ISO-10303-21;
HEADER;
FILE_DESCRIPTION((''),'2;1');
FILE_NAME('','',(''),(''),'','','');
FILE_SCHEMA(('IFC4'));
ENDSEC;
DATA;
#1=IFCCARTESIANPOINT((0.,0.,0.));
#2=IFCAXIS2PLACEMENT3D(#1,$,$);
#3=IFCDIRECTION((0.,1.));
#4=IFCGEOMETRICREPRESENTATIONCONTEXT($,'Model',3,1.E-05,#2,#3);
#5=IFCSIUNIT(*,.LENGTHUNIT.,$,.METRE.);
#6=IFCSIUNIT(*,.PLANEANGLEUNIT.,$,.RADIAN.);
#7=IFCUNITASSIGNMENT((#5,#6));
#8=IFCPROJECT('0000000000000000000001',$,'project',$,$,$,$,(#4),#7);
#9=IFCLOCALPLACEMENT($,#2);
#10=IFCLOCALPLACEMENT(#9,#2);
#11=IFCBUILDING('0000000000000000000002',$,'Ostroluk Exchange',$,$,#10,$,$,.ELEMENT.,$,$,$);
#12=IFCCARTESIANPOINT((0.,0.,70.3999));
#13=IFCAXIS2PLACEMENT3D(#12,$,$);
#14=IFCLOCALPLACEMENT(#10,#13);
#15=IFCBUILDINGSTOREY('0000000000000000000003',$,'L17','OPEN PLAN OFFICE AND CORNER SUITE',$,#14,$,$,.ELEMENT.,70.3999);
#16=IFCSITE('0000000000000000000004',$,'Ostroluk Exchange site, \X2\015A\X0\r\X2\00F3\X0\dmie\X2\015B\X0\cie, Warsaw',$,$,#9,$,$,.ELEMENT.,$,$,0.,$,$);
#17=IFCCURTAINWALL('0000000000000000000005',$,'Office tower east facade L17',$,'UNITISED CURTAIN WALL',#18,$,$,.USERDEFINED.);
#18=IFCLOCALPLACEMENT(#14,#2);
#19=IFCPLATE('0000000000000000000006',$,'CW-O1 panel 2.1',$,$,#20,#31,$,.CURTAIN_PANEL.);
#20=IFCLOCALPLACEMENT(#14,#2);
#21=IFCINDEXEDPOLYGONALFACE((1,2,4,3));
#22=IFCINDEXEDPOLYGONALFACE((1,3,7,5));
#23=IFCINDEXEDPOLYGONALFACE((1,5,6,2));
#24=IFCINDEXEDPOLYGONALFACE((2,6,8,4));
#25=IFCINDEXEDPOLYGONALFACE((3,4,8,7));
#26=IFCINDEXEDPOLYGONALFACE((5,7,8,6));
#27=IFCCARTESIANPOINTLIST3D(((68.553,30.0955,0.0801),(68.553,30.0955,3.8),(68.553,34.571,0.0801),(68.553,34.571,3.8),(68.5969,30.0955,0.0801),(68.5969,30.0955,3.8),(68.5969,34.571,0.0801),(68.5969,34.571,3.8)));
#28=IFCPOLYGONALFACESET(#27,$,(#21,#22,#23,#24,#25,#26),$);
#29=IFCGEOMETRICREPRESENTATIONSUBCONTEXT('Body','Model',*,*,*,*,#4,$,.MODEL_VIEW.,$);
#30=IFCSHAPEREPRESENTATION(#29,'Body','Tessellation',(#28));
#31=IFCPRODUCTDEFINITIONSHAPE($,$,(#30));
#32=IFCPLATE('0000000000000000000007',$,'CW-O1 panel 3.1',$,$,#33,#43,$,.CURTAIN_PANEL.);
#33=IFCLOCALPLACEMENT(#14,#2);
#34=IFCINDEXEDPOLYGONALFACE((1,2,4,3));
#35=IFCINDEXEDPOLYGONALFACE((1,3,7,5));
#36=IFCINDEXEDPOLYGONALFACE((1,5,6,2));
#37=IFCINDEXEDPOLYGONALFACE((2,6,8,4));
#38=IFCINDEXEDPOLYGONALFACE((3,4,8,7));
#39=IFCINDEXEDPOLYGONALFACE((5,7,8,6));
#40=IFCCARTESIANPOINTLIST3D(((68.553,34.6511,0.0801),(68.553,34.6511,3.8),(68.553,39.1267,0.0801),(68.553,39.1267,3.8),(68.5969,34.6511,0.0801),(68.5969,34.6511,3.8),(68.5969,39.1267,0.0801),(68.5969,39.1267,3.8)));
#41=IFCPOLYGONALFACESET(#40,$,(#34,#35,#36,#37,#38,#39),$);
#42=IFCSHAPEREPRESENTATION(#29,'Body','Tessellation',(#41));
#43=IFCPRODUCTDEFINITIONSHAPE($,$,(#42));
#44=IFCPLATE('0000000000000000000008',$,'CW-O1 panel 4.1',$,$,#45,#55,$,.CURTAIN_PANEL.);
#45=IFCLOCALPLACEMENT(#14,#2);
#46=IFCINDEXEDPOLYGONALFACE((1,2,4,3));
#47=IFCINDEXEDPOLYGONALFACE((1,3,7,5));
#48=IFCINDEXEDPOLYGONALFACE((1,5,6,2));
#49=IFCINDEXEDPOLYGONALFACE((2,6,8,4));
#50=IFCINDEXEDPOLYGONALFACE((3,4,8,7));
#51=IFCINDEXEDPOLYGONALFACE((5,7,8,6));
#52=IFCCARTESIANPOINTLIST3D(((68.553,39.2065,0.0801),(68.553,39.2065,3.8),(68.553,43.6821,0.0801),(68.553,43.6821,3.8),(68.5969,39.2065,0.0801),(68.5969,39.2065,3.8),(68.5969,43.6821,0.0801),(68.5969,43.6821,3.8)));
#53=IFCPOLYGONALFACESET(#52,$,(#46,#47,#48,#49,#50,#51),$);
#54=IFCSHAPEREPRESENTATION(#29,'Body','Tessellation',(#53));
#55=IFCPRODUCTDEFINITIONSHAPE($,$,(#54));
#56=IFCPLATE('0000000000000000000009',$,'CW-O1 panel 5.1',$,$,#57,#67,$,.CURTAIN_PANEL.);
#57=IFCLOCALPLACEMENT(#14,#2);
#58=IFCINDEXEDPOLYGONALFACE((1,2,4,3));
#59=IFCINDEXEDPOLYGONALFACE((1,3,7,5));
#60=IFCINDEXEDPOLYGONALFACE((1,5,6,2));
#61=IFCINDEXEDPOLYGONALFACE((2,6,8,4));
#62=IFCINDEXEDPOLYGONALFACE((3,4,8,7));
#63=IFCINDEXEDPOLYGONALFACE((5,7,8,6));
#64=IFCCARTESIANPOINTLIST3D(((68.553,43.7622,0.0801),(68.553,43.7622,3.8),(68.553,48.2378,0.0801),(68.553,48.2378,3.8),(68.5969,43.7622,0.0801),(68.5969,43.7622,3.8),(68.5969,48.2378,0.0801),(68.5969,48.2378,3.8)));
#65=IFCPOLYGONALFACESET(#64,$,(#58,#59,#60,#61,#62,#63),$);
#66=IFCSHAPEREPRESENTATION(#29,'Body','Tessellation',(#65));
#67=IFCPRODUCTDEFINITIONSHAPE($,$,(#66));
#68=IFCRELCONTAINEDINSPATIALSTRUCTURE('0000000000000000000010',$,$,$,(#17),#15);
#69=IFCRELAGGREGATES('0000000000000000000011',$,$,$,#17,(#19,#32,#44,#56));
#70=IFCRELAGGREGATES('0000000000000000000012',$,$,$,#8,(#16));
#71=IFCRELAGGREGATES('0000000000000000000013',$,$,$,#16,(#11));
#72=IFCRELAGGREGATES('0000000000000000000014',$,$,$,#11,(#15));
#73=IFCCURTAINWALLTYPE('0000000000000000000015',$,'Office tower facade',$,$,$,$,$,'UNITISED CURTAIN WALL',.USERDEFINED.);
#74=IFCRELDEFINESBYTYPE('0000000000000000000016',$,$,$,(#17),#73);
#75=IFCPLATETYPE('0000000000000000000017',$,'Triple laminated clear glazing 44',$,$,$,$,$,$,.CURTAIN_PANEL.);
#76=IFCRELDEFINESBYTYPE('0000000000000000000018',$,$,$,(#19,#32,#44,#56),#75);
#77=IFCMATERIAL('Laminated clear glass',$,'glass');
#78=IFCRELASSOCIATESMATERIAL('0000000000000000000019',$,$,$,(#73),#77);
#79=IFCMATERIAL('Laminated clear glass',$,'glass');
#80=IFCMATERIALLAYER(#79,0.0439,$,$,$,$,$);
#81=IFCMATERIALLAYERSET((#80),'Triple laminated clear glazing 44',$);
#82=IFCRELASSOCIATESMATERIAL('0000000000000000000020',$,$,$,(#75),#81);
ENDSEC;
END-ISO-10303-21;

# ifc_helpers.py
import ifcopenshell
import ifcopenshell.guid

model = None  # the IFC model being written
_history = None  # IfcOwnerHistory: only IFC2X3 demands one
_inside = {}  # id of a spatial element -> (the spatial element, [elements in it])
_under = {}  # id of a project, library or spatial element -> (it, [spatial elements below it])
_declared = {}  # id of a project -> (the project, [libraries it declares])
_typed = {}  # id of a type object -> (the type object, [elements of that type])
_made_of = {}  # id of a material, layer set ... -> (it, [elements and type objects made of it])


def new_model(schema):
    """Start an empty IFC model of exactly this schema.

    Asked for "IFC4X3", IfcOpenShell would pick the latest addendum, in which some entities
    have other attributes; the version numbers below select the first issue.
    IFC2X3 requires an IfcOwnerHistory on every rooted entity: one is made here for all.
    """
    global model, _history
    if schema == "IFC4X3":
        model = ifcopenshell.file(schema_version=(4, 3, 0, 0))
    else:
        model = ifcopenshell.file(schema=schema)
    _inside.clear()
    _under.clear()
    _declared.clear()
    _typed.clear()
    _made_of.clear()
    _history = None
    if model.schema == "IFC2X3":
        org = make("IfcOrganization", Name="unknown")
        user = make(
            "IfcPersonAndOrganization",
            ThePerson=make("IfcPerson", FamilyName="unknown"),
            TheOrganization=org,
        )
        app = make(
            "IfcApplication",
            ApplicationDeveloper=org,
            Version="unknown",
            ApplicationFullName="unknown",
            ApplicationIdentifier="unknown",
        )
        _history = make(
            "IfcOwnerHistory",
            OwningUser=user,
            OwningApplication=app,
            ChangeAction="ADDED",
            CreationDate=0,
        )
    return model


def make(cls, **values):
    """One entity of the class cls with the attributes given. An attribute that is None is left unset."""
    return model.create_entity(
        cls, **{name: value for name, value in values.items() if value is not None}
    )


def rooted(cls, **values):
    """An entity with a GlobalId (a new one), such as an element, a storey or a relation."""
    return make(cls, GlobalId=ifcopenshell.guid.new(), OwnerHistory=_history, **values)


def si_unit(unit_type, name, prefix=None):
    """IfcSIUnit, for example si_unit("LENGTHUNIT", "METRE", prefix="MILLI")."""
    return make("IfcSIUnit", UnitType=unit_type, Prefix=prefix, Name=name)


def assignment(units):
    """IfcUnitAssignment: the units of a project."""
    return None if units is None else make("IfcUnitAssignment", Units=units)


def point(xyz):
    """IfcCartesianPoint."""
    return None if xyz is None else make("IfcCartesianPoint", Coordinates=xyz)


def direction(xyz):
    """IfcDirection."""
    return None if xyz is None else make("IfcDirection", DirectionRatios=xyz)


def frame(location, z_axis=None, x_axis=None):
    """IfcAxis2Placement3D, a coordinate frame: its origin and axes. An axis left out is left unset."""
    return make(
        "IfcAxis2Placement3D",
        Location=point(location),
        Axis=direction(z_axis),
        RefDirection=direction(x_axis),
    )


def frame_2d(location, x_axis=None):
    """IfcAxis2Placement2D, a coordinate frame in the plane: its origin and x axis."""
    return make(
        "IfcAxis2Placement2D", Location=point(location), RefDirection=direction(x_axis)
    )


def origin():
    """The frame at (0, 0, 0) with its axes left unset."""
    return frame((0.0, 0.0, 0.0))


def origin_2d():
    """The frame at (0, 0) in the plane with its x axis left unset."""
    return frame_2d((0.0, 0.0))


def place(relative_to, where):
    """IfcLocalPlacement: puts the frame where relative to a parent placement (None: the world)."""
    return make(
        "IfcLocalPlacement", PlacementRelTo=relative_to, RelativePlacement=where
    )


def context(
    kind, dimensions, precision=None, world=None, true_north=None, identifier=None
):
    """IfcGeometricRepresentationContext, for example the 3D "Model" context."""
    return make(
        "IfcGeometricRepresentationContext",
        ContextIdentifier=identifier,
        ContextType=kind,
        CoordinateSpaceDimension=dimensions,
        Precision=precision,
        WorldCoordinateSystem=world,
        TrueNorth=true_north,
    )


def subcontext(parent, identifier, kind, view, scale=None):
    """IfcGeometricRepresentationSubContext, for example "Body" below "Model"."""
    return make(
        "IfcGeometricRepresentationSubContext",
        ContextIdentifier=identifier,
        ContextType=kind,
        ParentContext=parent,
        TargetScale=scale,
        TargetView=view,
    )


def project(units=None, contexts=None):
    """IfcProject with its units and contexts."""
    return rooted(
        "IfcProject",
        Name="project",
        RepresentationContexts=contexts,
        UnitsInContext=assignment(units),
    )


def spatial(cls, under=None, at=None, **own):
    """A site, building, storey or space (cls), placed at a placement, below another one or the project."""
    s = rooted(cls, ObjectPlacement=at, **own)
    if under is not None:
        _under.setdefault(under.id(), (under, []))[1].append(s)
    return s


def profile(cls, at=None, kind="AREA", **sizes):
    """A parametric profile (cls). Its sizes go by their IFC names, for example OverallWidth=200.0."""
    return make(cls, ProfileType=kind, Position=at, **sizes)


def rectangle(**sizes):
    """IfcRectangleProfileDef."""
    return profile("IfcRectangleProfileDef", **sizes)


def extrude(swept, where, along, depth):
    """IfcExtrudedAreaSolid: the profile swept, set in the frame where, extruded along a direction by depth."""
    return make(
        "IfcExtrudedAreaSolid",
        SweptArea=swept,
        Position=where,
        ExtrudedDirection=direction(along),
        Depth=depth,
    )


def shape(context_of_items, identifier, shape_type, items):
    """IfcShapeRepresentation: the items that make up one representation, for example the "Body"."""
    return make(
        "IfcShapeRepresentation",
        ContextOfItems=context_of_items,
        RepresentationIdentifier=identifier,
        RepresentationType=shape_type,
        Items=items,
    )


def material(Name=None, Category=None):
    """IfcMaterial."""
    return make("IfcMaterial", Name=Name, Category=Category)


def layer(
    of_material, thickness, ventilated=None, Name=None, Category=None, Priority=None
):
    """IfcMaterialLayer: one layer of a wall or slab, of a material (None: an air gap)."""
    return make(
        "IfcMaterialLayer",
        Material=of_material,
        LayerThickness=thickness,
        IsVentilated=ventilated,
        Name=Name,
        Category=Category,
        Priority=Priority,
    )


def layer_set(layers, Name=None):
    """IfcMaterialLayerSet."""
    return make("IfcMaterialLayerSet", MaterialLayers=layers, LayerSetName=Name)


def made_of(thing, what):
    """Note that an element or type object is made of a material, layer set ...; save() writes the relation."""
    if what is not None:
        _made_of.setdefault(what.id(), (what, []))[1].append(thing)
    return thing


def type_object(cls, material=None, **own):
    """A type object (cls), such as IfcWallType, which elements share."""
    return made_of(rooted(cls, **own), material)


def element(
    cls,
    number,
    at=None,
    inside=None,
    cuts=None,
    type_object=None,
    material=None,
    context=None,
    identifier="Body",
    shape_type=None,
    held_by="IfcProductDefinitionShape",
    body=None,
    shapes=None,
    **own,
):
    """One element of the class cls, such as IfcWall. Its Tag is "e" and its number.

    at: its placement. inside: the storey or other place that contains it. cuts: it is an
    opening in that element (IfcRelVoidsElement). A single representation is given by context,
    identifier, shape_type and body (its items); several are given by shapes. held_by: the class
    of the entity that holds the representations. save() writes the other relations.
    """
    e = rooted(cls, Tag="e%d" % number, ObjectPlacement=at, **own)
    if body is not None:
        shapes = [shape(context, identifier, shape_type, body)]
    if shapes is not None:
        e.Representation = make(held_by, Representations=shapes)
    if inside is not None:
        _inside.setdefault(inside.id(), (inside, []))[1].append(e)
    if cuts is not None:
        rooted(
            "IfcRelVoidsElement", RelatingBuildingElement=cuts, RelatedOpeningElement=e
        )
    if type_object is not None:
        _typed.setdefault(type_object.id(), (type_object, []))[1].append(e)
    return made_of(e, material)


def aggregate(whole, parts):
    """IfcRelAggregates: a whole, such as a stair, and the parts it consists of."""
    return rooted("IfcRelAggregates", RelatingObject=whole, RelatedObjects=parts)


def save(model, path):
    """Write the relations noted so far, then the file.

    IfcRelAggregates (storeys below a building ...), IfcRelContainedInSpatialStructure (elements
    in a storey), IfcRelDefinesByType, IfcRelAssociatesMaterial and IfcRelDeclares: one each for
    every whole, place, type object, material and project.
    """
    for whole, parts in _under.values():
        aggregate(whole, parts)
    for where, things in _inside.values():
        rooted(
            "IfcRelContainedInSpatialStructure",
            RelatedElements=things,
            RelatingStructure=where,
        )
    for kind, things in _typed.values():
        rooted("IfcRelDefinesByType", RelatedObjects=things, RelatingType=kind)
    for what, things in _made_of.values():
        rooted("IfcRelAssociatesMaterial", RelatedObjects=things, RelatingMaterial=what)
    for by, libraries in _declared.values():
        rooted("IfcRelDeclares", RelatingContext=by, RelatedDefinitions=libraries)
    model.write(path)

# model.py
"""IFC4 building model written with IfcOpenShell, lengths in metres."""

from ifc_helpers import new_model, si_unit, direction, frame, origin, origin_2d, place, context, subcontext, project, spatial, rectangle, extrude, material, layer, layer_set, type_object, element, aggregate, save


model = new_model("IFC4")

# Units and contexts
model_context = context("Model", 3, precision=1e-05, world=origin(), true_north=direction((0.0, 1.0)))
body_context = subcontext(model_context, "Body", "Model", "MODEL_VIEW")
ifc_project = project(units=[si_unit("LENGTHUNIT", "METRE"), si_unit("PLANEANGLEUNIT", "RADIAN")], contexts=[model_context])

# Site, building, storey
site_placement = place(None, origin())
site = spatial("IfcSite", under=ifc_project, at=site_placement, Name="Ostroluk Exchange site, Śródmieście, Warsaw", CompositionType="ELEMENT", RefElevation=0.0)
building_placement = place(site_placement, origin())
building = spatial("IfcBuilding", under=site, at=building_placement, Name="Ostroluk Exchange", CompositionType="ELEMENT")
storey_placement = place(building_placement, frame((0.0, 0.0, 70.3999)))
storey = spatial("IfcBuildingStorey", under=building, at=storey_placement, Name="L17", Description="OPEN PLAN OFFICE AND CORNER SUITE", CompositionType="ELEMENT", Elevation=70.3999)

# Curtain wall
ifc_material_1 = material(Name="Laminated clear glass", Category="glass")
curtain_wall_type_1 = type_object("IfcCurtainWallType", Name="Office tower facade", ElementType="UNITISED CURTAIN WALL", PredefinedType="USERDEFINED", material=ifc_material_1)
curtain_wall_1_placement = place(storey_placement, origin())
curtain_wall_1 = element("IfcCurtainWall", 1, at=curtain_wall_1_placement, inside=storey, type_object=curtain_wall_type_1, Name="Office tower east facade L17", ObjectType="UNITISED CURTAIN WALL", PredefinedType="USERDEFINED")

# Plates
ifc_material_2 = material(Name="Laminated clear glass", Category="glass")
ifc_layer_1 = layer(ifc_material_2, 0.0439)
ifc_layer_set_1 = layer_set([ifc_layer_1], Name="Triple laminated clear glazing 44")
plate_type_1 = type_object("IfcPlateType", Name="Triple laminated clear glazing 44", PredefinedType="CURTAIN_PANEL", material=ifc_layer_set_1)
plate_1_placement = place(storey_placement, frame((68.575, 32.3333, 0.0801), z_axis=(0.0, 0.0, 1.0), x_axis=(0.0, 1.0, 0.0)))
plate_1 = element("IfcPlate", 2, at=plate_1_placement, type_object=plate_type_1, Name="CW-O1 panel 2.1", PredefinedType="CURTAIN_PANEL", context=body_context, shape_type="SweptSolid", body=[
    extrude(rectangle(XDim=4.4756, YDim=0.0439, at=origin_2d()), origin(), (0.0, 0.0, 1.0), 3.72),
])
plate_2_placement = place(storey_placement, frame((68.575, 36.8889, 0.0801), z_axis=(0.0, 0.0, 1.0), x_axis=(0.0, 1.0, 0.0)))
plate_2 = element("IfcPlate", 3, at=plate_2_placement, type_object=plate_type_1, Name="CW-O1 panel 3.1", PredefinedType="CURTAIN_PANEL", context=body_context, shape_type="SweptSolid", body=[
    extrude(rectangle(XDim=4.4756, YDim=0.0439, at=origin_2d()), origin(), (0.0, 0.0, 1.0), 3.72),
])
plate_3_placement = place(storey_placement, frame((68.575, 41.4443, 0.0801), z_axis=(0.0, 0.0, 1.0), x_axis=(0.0, 1.0, 0.0)))
plate_3 = element("IfcPlate", 4, at=plate_3_placement, type_object=plate_type_1, Name="CW-O1 panel 4.1", PredefinedType="CURTAIN_PANEL", context=body_context, shape_type="SweptSolid", body=[
    extrude(rectangle(XDim=4.4756, YDim=0.0439, at=origin_2d()), origin(), (0.0, 0.0, 1.0), 3.72),
])
plate_4_placement = place(storey_placement, frame((68.575, 46.0, 0.0801), z_axis=(0.0, 0.0, 1.0), x_axis=(0.0, 1.0, 0.0)))
plate_4 = element("IfcPlate", 5, at=plate_4_placement, type_object=plate_type_1, Name="CW-O1 panel 5.1", PredefinedType="CURTAIN_PANEL", context=body_context, shape_type="SweptSolid", body=[
    extrude(rectangle(XDim=4.4756, YDim=0.0439, at=origin_2d()), origin(), (0.0, 0.0, 1.0), 3.72),
])
aggregate(curtain_wall_1, [plate_1, plate_2, plate_3, plate_4])

save(model, "model.ifc")
